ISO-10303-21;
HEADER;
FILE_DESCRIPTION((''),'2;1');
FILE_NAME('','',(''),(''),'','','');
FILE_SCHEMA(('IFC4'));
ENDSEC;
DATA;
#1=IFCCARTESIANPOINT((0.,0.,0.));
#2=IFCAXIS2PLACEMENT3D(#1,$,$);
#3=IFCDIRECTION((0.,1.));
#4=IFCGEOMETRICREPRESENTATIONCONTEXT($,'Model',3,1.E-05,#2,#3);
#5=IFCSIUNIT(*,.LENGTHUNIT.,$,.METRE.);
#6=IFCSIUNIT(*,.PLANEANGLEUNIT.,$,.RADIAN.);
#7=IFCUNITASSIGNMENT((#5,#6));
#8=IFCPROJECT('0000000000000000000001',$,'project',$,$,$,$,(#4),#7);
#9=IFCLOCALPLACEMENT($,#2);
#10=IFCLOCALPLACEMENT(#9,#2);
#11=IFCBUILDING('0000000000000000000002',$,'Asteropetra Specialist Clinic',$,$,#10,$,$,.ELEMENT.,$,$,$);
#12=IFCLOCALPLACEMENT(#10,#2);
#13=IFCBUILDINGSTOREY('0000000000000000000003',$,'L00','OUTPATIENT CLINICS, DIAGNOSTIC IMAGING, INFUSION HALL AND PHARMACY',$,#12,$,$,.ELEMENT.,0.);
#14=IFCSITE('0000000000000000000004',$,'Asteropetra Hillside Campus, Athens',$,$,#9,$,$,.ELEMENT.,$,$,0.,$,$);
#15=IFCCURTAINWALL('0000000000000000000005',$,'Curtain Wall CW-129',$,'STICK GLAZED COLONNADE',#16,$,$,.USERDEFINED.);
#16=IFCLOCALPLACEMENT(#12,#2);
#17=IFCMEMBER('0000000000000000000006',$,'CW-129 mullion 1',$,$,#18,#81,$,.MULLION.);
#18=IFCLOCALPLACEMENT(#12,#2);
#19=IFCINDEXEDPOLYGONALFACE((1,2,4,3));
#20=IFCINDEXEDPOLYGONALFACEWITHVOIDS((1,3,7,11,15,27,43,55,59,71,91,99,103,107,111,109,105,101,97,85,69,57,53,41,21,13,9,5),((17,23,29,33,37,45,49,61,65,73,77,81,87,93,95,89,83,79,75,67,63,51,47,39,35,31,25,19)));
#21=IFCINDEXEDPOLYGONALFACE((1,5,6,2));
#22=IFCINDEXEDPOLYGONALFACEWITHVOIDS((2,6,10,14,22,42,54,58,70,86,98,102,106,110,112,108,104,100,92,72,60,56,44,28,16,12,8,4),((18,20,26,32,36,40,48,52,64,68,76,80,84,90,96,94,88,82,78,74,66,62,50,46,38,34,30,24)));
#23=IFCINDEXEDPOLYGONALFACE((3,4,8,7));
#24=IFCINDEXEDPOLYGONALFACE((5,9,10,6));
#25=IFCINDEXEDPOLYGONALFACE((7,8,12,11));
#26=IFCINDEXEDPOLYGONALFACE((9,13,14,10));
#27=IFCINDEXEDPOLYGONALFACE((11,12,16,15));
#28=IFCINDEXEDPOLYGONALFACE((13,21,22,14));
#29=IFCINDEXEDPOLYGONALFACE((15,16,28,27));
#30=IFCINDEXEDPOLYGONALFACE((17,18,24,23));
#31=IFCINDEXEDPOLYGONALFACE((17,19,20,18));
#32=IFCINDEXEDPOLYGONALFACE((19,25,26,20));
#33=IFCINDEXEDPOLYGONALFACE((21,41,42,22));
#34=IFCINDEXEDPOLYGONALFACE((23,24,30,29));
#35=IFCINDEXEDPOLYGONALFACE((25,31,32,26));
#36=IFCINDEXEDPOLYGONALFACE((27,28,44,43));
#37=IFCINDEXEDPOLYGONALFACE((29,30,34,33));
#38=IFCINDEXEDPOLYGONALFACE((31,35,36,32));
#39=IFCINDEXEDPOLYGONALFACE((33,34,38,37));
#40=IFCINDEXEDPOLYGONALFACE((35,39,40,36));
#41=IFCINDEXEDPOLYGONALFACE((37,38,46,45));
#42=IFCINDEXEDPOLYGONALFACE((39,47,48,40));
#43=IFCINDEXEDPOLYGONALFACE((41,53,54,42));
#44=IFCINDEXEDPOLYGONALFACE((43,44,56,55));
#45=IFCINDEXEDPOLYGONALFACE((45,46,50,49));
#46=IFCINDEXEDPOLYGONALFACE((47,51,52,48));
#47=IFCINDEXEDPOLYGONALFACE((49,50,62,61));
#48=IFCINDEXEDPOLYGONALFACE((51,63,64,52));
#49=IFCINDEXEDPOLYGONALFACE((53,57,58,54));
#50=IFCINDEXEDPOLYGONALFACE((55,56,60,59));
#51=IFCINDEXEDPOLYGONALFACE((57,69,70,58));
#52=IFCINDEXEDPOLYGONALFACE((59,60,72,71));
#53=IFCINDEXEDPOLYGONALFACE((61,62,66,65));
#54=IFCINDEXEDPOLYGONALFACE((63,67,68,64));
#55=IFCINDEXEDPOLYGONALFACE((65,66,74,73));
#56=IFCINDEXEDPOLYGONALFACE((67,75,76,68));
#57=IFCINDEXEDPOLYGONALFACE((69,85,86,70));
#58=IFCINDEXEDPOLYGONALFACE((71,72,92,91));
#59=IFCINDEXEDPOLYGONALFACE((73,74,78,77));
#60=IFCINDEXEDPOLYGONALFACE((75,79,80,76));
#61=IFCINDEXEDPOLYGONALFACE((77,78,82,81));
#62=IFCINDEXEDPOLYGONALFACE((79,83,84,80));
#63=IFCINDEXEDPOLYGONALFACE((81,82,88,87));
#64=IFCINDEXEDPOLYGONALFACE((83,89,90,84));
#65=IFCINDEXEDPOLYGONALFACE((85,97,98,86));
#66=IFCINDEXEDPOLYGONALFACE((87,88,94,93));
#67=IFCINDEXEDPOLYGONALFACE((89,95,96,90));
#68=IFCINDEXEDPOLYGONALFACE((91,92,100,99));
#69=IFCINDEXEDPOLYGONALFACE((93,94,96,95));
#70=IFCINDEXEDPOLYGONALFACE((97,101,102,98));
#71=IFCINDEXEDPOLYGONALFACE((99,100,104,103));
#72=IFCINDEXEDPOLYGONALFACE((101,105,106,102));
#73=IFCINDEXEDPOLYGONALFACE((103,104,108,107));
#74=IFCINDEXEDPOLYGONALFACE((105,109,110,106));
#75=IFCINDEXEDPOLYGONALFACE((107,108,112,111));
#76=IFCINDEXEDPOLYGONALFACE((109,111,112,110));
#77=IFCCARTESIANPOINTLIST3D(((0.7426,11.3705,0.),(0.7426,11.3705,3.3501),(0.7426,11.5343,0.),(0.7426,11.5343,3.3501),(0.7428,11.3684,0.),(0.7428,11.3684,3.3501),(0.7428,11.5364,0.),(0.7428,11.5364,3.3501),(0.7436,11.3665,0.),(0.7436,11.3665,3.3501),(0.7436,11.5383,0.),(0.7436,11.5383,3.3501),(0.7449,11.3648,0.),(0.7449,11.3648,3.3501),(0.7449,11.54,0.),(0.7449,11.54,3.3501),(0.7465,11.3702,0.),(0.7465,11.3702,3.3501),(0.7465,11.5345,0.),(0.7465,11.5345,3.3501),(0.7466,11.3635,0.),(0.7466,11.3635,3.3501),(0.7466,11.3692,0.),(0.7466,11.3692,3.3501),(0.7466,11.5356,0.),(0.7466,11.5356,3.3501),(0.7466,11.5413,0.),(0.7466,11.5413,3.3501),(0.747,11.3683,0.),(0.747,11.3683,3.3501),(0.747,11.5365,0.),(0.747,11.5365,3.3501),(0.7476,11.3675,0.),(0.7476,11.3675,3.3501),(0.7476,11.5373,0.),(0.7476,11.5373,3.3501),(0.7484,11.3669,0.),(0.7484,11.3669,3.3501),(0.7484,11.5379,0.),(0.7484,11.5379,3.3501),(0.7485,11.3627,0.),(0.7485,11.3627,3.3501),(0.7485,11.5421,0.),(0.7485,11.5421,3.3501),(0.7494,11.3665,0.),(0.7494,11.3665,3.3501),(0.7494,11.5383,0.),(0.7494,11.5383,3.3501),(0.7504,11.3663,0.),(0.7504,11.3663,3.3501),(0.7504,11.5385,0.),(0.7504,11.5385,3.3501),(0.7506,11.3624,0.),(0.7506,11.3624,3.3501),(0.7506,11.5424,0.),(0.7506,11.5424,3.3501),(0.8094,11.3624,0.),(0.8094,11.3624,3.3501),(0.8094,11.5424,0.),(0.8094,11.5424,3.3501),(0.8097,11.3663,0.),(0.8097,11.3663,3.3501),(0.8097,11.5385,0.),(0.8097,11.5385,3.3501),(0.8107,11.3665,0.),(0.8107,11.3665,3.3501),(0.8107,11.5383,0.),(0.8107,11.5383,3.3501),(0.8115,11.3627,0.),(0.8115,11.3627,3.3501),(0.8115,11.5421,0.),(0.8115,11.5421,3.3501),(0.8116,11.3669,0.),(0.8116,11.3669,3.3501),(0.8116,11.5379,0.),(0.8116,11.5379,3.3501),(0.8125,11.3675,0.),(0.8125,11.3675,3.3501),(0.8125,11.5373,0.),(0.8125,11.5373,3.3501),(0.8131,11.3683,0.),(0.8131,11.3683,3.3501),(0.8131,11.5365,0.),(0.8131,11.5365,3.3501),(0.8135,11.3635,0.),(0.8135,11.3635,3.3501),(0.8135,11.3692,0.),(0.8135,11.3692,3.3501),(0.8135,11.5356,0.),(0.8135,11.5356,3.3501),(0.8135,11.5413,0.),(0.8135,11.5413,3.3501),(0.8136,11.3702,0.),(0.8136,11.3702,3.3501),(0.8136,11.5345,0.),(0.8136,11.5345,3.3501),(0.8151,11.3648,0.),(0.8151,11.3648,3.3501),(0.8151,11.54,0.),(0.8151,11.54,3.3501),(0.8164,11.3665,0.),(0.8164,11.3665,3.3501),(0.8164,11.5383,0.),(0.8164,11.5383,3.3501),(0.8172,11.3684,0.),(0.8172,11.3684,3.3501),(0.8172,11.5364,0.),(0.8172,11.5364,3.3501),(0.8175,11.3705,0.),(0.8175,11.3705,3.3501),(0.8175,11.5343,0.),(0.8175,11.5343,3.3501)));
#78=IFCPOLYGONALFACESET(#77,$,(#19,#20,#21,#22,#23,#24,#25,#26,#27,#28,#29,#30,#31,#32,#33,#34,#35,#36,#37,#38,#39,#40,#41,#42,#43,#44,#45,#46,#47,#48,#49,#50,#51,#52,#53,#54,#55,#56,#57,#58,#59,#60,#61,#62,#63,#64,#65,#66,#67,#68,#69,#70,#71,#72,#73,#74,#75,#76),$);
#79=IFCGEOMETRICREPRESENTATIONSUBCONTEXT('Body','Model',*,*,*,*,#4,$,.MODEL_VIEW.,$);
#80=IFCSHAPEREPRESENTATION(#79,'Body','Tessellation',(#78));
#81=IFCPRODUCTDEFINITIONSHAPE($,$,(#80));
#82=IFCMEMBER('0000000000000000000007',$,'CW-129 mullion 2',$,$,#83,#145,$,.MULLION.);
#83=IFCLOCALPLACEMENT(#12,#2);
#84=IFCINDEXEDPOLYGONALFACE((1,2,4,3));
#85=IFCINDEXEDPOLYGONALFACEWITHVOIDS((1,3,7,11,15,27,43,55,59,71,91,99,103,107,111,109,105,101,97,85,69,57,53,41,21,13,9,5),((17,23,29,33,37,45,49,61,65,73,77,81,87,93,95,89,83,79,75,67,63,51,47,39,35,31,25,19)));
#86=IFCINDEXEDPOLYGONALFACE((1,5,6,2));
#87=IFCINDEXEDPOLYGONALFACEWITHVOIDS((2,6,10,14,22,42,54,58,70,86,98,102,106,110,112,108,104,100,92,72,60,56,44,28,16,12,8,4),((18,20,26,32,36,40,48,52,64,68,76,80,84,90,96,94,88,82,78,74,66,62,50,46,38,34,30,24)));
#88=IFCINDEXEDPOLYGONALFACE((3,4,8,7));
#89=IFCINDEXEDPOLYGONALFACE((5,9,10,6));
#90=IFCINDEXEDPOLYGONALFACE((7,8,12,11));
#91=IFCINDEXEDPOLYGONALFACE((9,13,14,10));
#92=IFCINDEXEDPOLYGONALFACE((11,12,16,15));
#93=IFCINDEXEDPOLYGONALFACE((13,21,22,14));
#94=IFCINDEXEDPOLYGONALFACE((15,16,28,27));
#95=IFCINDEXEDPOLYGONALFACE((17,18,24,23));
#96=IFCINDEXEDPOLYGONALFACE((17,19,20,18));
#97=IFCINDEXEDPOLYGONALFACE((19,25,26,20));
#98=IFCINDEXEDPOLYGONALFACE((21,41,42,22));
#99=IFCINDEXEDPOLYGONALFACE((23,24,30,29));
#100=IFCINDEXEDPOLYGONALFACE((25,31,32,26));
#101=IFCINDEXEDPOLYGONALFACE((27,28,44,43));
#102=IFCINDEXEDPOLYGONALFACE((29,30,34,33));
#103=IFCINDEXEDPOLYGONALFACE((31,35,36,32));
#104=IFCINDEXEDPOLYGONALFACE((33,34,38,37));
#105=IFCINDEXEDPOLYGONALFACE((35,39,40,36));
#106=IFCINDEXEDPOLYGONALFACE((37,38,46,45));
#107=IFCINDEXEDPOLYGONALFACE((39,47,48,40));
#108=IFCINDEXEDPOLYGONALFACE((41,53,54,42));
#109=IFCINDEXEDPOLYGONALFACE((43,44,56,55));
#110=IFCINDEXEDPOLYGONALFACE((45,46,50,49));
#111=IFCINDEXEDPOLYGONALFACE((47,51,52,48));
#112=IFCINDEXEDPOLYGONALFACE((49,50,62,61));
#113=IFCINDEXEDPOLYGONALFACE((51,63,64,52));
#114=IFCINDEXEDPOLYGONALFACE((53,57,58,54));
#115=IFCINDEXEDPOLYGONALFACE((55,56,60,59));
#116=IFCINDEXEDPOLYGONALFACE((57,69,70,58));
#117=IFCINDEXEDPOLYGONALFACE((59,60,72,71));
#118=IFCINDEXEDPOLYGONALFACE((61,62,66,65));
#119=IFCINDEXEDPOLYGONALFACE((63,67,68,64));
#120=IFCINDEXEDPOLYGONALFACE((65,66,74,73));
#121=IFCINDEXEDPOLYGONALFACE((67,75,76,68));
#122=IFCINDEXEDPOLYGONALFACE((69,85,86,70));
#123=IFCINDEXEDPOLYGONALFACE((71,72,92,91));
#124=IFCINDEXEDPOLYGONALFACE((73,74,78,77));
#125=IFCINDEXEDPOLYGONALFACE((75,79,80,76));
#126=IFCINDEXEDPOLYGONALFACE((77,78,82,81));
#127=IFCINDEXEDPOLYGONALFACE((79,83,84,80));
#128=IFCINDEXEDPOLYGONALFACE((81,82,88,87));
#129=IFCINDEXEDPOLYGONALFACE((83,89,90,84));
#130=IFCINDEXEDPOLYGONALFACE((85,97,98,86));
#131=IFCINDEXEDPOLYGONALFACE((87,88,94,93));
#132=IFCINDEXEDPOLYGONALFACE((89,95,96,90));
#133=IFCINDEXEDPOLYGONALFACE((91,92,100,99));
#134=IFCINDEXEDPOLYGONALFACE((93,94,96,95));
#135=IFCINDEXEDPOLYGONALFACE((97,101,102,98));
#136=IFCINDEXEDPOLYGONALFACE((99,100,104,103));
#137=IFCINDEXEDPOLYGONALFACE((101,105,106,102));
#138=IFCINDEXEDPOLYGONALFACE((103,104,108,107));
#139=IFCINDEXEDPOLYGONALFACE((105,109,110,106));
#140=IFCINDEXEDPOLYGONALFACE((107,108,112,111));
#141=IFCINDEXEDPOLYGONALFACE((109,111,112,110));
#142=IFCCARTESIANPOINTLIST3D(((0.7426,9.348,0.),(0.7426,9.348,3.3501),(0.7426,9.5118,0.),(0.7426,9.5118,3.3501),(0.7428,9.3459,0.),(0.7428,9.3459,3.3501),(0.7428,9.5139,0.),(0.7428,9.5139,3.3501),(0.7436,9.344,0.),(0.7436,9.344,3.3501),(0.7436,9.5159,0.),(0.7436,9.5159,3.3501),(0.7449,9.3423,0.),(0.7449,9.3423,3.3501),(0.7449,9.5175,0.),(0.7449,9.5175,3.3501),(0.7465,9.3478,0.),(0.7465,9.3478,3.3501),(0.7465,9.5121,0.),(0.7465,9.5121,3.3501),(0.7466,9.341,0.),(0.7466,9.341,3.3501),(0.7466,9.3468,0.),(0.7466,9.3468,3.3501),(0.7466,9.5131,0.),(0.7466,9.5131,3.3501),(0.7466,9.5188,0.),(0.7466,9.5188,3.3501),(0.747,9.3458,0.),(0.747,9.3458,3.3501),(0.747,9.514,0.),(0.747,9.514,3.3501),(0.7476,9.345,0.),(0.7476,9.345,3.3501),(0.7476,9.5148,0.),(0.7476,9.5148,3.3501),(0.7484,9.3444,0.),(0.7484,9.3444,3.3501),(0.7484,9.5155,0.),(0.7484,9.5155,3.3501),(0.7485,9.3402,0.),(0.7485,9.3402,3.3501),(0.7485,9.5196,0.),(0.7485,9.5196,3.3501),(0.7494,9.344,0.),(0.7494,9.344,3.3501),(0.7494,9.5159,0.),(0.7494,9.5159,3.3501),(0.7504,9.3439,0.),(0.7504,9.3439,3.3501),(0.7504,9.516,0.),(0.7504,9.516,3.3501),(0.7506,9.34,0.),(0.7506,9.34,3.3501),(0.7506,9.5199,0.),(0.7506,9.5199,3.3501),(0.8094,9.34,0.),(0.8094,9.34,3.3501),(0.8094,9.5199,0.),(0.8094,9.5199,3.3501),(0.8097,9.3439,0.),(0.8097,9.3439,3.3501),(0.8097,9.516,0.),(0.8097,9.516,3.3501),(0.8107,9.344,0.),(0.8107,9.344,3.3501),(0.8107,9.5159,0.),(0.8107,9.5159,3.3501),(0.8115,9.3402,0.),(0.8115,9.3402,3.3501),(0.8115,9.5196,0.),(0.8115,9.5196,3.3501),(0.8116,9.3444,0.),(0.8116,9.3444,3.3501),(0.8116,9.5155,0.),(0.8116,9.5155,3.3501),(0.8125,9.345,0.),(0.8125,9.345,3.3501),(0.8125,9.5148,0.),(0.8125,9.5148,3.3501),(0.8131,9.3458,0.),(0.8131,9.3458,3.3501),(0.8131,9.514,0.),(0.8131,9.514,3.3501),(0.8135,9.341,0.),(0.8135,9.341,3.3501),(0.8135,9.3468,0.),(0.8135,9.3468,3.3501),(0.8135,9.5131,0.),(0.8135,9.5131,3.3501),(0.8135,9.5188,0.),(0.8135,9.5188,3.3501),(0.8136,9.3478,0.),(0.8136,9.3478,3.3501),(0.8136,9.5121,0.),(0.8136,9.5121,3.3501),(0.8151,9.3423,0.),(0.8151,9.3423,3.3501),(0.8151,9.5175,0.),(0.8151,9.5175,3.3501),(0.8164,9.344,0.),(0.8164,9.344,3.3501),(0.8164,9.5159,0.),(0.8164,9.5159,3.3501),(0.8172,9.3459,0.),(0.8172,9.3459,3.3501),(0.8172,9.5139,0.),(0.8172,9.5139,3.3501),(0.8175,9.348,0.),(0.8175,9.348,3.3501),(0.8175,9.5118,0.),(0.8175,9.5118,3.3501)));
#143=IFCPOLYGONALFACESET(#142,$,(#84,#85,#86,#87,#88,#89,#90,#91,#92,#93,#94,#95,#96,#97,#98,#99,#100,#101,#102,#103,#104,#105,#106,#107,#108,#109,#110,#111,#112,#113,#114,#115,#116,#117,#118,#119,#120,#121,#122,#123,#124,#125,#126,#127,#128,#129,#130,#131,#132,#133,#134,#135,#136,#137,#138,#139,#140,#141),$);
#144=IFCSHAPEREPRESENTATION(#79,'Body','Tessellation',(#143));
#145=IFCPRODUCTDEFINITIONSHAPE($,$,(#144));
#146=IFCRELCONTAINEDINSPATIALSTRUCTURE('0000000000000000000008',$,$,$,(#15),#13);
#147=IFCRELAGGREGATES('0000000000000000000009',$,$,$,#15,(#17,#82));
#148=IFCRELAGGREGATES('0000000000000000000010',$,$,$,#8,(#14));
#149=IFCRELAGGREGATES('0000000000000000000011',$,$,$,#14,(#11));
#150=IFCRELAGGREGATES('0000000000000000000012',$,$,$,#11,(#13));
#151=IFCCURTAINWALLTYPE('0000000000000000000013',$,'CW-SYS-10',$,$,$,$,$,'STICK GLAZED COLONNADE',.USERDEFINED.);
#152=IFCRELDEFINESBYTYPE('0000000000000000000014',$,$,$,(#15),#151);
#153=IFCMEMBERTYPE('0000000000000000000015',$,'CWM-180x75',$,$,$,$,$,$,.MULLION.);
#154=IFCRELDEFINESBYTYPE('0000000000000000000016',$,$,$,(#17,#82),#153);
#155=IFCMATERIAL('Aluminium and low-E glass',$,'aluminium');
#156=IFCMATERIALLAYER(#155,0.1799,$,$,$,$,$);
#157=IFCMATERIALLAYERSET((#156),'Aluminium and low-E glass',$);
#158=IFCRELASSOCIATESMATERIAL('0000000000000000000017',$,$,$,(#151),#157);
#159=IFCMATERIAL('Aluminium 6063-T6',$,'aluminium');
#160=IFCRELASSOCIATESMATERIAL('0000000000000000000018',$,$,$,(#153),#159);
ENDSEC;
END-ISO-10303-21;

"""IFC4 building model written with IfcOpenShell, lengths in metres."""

from ifc_helpers import new_model, si_unit, direction, frame, origin, origin_2d, place, context, subcontext, project, spatial, hollow_rectangle, extrude, material, layer, layer_set, material_profile, profile_set, type_object, element, aggregate, save


model = new_model("IFC4")

# Units and contexts
model_context = context("Model", 3, precision=1e-05, world=origin(), true_north=direction((0.0, 1.0)))
body_context = subcontext(model_context, "Body", "Model", "MODEL_VIEW")
ifc_project = project(units=[si_unit("LENGTHUNIT", "METRE"), si_unit("PLANEANGLEUNIT", "RADIAN")], contexts=[model_context])

# Site, building, storey
site_placement = place(None, origin())
site = spatial("IfcSite", under=ifc_project, at=site_placement, Name="Asteropetra Hillside Campus, Athens", CompositionType="ELEMENT", RefElevation=0.0)
building_placement = place(site_placement, origin())
building = spatial("IfcBuilding", under=site, at=building_placement, Name="Asteropetra Specialist Clinic", CompositionType="ELEMENT")
storey_placement = place(building_placement, origin())
storey = spatial("IfcBuildingStorey", under=building, at=storey_placement, Name="L00", Description="OUTPATIENT CLINICS, DIAGNOSTIC IMAGING, INFUSION HALL AND PHARMACY", CompositionType="ELEMENT", Elevation=0.0)

# Curtain wall, members
ifc_material_1 = material(Name="Aluminium and low-E glass", Category="aluminium")
ifc_layer_1 = layer(ifc_material_1, 0.1799)
ifc_layer_set_1 = layer_set([ifc_layer_1], Name="Aluminium and low-E glass")
curtain_wall_type = type_object("IfcCurtainWallType", Name="CW-SYS-10", ElementType="STICK GLAZED COLONNADE", PredefinedType="USERDEFINED", material=ifc_layer_set_1)
curtain_wall_1_placement = place(storey_placement, origin())
curtain_wall_1 = element("IfcCurtainWall", 1, at=curtain_wall_1_placement, inside=storey, type_object=curtain_wall_type, Name="Curtain Wall CW-129", ObjectType="STICK GLAZED COLONNADE", PredefinedType="USERDEFINED")
ifc_material_2 = material(Name="Aluminium 6063-T6", Category="aluminium")
ifc_material_profile_1 = material_profile(ifc_material_2, hollow_rectangle(XDim=0.075, YDim=0.1799, WallThickness=0.0039, InnerFilletRadius=0.0039, OuterFilletRadius=0.0081, at=origin_2d()), Name="MUL 180x75x4.0")
ifc_profile_set_1 = profile_set([ifc_material_profile_1], Name="Aluminium 6063-T6")
member_type_1 = type_object("IfcMemberType", Name="CWM-180x75", PredefinedType="MULLION", material=ifc_profile_set_1)
member_1_placement = place(storey_placement, frame((0.78, 11.4524, 0.0), z_axis=(0.0, 0.0, 1.0), x_axis=(1.0, 0.0, 0.0)))
member_1 = element("IfcMember", 2, at=member_1_placement, type_object=member_type_1, Name="CW-129 mullion 1", PredefinedType="MULLION", context=body_context, shape_type="SweptSolid", body=[
    extrude(hollow_rectangle(XDim=0.075, YDim=0.1799, WallThickness=0.0039, InnerFilletRadius=0.0039, OuterFilletRadius=0.0081, at=origin_2d()), origin(), (0.0, 0.0, 1.0), 3.3501),
])
member_2_placement = place(storey_placement, frame((0.78, 9.4299, 0.0), z_axis=(0.0, 0.0, 1.0), x_axis=(1.0, 0.0, 0.0)))
member_2 = element("IfcMember", 3, at=member_2_placement, type_object=member_type_1, Name="CW-129 mullion 2", PredefinedType="MULLION", context=body_context, shape_type="SweptSolid", body=[
    extrude(hollow_rectangle(XDim=0.075, YDim=0.1799, WallThickness=0.0039, InnerFilletRadius=0.0039, OuterFilletRadius=0.0081, at=origin_2d()), origin(), (0.0, 0.0, 1.0), 3.3501),
])

aggregate(curtain_wall_1, [member_1, member_2])

save(model, "model.ifc")
